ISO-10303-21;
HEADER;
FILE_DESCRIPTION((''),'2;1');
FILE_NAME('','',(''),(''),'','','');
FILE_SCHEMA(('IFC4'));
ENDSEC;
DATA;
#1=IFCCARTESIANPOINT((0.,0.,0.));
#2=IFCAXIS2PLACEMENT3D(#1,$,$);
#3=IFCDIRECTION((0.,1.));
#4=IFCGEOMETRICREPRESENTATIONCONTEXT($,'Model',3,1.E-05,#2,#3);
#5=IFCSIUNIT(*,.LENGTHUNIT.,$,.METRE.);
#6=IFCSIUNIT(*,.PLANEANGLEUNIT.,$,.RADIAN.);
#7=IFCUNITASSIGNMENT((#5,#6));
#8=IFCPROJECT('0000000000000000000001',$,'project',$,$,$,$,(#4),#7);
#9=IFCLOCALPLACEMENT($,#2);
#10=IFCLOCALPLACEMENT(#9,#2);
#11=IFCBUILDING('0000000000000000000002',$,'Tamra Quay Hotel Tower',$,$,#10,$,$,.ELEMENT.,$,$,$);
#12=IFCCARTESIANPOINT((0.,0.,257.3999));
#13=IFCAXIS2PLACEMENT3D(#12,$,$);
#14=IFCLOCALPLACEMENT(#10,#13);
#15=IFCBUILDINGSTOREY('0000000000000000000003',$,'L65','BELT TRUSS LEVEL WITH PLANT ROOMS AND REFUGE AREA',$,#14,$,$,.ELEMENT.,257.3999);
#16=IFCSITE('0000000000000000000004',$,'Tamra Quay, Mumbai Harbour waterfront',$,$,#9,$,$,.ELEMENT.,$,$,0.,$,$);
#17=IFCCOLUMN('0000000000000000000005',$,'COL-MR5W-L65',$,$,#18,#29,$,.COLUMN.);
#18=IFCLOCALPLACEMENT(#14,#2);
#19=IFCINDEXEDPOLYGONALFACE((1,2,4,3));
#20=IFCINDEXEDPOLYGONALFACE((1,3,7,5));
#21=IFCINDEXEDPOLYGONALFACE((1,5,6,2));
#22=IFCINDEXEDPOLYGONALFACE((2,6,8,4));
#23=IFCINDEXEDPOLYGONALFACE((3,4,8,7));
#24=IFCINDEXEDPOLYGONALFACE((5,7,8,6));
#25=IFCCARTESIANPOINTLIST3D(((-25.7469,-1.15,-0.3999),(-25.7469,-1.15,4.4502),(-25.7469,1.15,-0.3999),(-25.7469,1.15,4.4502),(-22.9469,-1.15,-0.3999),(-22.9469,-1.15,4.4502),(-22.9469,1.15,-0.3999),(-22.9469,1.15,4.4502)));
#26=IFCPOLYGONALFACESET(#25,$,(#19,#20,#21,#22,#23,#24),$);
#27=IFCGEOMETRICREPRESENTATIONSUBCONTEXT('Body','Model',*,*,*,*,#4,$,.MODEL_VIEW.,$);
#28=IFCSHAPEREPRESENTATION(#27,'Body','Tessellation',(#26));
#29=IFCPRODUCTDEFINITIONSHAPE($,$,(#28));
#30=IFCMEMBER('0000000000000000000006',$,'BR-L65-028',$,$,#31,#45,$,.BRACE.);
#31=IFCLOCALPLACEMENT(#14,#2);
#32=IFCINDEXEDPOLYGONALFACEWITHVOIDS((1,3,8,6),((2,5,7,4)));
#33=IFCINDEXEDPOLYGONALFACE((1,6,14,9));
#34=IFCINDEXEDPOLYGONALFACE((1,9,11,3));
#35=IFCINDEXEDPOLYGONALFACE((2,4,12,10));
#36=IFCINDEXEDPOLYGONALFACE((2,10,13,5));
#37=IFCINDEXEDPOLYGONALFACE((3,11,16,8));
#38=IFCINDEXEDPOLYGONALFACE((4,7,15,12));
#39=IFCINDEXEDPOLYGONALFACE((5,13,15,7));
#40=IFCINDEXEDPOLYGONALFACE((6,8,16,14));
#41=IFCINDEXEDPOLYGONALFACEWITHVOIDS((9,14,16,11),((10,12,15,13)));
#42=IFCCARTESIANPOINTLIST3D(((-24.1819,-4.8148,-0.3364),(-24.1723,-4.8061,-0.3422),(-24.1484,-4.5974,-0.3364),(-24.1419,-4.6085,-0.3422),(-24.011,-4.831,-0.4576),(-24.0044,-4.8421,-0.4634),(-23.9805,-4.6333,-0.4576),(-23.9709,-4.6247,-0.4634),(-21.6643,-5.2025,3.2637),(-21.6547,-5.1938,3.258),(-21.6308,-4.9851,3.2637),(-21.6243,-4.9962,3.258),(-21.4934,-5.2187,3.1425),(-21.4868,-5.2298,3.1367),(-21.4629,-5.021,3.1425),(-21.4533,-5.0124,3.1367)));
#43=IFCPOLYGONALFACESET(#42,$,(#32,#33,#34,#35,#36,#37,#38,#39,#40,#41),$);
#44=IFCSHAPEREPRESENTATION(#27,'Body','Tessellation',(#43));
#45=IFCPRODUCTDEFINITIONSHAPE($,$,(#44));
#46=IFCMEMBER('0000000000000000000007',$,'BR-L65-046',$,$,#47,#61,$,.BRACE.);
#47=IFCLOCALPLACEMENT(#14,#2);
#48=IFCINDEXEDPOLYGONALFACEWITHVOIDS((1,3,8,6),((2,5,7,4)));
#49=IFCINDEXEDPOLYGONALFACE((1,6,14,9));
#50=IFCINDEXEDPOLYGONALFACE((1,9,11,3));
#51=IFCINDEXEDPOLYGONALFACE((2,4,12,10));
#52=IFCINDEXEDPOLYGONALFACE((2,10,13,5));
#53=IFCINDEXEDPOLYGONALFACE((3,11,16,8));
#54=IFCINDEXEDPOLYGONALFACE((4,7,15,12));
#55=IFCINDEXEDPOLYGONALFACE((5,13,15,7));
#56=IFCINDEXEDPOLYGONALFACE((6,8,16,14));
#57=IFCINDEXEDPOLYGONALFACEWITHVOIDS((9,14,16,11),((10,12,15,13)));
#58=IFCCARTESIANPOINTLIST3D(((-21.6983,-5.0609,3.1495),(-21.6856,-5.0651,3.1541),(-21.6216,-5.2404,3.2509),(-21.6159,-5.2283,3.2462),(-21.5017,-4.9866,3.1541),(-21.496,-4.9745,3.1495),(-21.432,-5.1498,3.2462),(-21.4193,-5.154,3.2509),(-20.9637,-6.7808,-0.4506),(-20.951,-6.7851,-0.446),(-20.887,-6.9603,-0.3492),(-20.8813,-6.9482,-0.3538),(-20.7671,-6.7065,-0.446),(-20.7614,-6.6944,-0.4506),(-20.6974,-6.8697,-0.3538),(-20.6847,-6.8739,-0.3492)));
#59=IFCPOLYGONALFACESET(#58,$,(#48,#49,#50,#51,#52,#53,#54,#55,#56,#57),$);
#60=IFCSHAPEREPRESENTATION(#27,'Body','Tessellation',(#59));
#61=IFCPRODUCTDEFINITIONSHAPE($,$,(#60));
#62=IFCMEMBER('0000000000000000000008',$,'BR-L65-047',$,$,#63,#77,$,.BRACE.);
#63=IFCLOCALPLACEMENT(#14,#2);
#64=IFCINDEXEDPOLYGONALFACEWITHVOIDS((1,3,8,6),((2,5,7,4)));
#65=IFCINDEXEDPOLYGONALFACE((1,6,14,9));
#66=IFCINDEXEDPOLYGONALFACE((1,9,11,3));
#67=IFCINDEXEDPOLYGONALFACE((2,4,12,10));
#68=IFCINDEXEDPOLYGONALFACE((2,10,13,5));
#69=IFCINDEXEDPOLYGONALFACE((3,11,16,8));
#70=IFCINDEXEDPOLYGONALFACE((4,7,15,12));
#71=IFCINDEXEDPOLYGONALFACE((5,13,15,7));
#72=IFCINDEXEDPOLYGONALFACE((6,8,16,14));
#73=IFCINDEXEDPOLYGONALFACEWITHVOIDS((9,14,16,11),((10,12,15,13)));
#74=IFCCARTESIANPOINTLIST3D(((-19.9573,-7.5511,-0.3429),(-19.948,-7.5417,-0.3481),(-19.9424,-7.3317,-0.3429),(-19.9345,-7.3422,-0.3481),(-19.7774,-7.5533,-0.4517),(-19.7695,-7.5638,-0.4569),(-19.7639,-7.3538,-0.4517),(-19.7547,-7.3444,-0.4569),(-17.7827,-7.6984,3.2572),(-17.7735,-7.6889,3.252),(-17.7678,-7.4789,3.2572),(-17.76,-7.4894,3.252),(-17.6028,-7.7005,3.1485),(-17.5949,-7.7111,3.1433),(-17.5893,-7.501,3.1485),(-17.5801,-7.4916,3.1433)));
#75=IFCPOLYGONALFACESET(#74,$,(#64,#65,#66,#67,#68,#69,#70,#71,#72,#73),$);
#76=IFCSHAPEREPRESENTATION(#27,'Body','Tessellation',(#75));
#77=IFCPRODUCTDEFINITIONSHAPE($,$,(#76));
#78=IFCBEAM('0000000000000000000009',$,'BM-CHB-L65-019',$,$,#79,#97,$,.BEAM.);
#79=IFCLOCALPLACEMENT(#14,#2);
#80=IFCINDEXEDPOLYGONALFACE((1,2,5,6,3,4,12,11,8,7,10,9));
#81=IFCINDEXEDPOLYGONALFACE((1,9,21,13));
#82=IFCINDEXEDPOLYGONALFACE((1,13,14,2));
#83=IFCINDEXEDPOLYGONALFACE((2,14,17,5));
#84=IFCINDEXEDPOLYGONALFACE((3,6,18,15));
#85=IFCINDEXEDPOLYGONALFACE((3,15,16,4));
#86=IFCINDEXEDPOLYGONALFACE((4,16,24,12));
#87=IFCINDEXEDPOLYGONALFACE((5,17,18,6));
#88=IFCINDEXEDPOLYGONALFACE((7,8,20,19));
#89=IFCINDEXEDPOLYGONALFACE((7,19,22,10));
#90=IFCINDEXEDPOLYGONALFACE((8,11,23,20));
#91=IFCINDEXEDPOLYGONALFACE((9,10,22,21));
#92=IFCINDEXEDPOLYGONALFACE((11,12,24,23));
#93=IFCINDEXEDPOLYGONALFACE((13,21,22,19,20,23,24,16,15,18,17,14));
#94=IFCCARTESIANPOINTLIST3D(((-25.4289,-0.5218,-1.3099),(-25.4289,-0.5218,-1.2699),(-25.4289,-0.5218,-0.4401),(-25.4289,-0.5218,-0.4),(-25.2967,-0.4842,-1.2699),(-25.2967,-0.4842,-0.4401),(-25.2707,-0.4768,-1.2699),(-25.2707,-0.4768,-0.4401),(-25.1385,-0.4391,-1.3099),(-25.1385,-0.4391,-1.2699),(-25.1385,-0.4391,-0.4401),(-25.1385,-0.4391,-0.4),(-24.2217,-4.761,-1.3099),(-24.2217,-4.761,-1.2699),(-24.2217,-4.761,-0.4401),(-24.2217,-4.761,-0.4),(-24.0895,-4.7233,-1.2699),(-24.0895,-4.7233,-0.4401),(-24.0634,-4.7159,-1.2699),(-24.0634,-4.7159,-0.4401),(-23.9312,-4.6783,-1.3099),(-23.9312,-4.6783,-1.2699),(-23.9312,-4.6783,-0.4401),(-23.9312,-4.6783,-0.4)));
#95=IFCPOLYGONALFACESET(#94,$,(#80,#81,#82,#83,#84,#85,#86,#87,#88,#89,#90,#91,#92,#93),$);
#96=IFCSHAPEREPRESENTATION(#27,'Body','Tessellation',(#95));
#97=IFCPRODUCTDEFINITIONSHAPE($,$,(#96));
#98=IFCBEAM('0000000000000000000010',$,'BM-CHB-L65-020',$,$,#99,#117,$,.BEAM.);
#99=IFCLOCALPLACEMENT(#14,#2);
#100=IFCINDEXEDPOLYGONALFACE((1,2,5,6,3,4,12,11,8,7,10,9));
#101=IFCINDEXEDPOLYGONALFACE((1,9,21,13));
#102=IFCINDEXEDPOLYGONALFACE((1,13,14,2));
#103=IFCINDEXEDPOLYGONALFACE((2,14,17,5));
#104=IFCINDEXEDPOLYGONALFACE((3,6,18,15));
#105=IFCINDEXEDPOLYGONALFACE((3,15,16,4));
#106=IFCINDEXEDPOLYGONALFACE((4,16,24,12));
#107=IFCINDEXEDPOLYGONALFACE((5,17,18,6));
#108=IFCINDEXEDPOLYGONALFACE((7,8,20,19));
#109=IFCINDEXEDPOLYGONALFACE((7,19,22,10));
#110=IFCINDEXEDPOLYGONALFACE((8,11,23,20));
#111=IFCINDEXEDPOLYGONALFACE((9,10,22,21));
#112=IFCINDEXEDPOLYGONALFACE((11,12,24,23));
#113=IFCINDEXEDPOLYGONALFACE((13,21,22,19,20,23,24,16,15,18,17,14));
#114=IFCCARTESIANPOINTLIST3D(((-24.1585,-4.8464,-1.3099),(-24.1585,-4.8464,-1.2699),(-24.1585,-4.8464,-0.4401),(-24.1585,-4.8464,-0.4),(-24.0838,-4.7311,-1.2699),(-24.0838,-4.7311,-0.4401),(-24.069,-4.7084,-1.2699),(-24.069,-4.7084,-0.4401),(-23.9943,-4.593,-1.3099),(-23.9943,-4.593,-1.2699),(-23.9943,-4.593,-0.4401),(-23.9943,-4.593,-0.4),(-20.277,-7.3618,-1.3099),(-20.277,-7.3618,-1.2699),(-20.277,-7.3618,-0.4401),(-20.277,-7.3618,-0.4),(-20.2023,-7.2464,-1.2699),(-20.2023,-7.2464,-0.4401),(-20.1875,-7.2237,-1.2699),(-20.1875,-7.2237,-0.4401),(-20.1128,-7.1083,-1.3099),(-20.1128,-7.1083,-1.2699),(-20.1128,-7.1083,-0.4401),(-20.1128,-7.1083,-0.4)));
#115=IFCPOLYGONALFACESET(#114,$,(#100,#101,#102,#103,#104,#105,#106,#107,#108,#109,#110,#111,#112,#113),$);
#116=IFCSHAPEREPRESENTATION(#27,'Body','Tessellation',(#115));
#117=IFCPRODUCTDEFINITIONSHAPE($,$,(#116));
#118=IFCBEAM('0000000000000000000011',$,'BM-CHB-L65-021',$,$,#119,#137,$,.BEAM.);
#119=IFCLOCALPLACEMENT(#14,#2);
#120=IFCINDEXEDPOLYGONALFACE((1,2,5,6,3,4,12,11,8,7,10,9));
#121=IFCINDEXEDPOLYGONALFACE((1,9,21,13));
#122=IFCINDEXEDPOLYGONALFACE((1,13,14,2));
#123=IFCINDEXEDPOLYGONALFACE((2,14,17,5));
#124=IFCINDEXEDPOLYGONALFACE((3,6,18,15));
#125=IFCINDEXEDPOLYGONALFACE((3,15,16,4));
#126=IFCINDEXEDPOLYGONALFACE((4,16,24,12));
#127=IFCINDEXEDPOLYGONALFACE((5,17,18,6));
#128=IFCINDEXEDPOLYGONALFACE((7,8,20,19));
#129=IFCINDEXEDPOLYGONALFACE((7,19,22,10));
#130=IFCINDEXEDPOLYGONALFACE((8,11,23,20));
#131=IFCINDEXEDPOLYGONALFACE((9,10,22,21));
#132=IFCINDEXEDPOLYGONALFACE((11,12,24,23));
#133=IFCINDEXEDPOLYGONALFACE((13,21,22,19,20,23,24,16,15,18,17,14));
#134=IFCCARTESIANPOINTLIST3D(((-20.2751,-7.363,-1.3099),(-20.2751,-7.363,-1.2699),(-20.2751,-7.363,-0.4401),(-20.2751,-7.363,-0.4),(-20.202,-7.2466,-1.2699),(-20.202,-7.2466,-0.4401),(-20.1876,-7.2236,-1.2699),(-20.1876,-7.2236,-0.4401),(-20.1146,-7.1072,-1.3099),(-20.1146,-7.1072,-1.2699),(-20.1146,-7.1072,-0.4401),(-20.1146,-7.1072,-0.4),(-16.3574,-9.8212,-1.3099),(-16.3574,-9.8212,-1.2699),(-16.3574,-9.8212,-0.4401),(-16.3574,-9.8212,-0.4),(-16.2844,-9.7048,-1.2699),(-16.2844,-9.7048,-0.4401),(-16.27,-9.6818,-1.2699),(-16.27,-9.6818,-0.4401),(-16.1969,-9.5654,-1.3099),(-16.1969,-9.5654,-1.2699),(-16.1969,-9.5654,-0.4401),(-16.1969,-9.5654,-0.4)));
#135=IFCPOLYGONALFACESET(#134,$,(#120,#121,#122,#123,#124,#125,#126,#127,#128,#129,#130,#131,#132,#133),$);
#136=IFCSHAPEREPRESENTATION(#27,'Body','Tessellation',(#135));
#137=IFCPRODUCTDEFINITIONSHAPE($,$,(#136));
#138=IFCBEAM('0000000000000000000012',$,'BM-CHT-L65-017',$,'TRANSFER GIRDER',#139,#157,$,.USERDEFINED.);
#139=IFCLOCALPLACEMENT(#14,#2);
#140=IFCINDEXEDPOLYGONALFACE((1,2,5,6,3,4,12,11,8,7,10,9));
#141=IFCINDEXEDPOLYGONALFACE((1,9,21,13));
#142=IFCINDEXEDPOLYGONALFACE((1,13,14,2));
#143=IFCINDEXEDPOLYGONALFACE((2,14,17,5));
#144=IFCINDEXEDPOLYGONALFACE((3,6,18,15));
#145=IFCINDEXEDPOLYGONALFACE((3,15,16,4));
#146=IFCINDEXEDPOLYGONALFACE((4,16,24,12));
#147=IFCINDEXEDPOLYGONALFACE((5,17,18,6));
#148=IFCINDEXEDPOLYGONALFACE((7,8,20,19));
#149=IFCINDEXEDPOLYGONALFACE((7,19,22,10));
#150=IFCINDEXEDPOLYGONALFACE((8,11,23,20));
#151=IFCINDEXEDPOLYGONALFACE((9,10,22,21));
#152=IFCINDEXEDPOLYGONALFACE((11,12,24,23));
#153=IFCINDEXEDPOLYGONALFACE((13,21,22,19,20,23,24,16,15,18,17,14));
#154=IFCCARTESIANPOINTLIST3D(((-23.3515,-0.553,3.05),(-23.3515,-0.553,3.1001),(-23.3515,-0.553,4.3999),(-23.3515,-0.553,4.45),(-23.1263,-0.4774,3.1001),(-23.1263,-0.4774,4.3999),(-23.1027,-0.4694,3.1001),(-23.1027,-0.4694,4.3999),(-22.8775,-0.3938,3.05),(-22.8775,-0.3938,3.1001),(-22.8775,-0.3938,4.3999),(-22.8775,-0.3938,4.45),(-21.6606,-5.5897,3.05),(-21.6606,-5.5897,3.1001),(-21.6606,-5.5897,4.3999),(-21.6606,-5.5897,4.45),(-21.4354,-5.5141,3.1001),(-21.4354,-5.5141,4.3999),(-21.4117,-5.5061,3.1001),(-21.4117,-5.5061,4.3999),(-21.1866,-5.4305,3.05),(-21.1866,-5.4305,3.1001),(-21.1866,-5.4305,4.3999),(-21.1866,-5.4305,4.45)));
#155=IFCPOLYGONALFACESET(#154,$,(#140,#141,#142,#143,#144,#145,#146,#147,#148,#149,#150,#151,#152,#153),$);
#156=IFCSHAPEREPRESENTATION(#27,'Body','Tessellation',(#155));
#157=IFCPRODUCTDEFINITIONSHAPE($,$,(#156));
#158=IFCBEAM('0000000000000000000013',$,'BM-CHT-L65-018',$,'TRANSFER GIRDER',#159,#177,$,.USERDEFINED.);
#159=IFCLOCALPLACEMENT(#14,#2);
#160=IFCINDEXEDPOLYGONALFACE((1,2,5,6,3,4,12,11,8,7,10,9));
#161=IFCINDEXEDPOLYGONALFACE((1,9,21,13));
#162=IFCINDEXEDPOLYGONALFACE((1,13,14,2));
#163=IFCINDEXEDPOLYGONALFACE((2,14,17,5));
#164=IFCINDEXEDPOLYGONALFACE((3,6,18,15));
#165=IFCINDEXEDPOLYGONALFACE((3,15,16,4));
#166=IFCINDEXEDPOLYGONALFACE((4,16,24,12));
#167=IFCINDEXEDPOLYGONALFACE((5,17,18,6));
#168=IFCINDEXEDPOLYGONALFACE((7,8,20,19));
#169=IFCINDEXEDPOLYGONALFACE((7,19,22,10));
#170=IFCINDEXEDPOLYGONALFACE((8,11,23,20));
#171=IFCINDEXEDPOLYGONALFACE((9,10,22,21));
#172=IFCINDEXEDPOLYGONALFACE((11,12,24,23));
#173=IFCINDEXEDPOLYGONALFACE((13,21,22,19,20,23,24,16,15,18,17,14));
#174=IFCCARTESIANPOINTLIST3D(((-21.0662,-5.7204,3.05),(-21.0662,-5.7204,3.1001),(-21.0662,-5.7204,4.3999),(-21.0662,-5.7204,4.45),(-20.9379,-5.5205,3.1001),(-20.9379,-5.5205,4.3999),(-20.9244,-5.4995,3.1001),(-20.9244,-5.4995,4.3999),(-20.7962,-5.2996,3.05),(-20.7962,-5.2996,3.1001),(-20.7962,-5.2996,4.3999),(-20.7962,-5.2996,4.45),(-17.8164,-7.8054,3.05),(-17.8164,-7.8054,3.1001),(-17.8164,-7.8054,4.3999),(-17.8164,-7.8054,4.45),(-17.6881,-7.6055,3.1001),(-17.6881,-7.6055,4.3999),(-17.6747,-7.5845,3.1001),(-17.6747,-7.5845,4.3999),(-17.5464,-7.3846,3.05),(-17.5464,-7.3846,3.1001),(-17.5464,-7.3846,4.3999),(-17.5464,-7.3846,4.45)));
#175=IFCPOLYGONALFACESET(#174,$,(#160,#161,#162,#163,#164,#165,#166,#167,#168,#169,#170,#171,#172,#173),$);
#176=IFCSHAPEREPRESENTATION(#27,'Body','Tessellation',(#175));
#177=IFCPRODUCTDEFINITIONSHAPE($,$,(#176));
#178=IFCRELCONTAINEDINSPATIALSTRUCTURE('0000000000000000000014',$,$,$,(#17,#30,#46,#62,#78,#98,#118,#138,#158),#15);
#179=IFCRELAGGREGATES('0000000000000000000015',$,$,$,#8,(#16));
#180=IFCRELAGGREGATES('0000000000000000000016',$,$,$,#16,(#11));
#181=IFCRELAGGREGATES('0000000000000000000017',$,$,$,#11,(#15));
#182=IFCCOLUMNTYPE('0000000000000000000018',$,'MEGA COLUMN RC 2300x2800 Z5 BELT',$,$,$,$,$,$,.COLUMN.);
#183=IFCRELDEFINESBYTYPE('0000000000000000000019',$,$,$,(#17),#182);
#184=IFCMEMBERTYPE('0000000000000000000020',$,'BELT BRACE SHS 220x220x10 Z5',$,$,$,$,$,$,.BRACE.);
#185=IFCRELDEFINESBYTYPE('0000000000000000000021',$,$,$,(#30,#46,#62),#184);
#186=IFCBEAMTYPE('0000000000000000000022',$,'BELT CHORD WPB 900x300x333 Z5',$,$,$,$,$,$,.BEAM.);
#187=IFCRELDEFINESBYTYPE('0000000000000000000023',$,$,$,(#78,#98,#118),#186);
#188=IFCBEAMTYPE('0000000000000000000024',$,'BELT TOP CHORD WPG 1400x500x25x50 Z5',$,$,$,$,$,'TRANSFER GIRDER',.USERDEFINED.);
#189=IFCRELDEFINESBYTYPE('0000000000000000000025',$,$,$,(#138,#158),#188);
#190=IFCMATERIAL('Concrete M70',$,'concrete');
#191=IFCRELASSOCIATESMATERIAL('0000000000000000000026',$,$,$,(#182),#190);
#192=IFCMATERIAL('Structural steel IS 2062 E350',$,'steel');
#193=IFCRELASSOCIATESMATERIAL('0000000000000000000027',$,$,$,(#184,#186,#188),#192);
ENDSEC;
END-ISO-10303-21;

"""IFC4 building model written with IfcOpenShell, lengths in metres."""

from ifc_helpers import new_model, si_unit, direction, frame, origin, origin_2d, place, context, subcontext, project, spatial, rectangle, hollow_rectangle, i_section, extrude, material, material_profile, profile_set, type_object, element, save


model = new_model("IFC4")

# Units and contexts
model_context = context("Model", 3, precision=1e-05, world=origin(), true_north=direction((0.0, 1.0)))
body_context = subcontext(model_context, "Body", "Model", "MODEL_VIEW")
ifc_project = project(units=[si_unit("LENGTHUNIT", "METRE"), si_unit("PLANEANGLEUNIT", "RADIAN")], contexts=[model_context])

# Site, building, storey
site_placement = place(None, origin())
site = spatial("IfcSite", under=ifc_project, at=site_placement, Name="Tamra Quay, Mumbai Harbour waterfront", CompositionType="ELEMENT", RefElevation=0.0)
building_placement = place(site_placement, origin())
building = spatial("IfcBuilding", under=site, at=building_placement, Name="Tamra Quay Hotel Tower", CompositionType="ELEMENT")
storey_placement = place(building_placement, frame((0.0, 0.0, 257.3999)))
storey = spatial("IfcBuildingStorey", under=building, at=storey_placement, Name="L65", Description="BELT TRUSS LEVEL WITH PLANT ROOMS AND REFUGE AREA", CompositionType="ELEMENT", Elevation=257.3999)

# Column
ifc_material_1 = material(Name="Concrete M70", Category="concrete")
ifc_material_profile_1 = material_profile(ifc_material_1, rectangle(XDim=2.8, YDim=2.3, at=origin_2d()), Name="MEGA COLUMN RC 2300x2800 Z5 BELT")
ifc_profile_set_1 = profile_set([ifc_material_profile_1], Name="Concrete M70")
column_type = type_object("IfcColumnType", Name="MEGA COLUMN RC 2300x2800 Z5 BELT", PredefinedType="COLUMN", material=ifc_profile_set_1)
column_placement = place(storey_placement, frame((-24.3469, 0.0, -0.3999), z_axis=(0.0, 0.0, 1.0), x_axis=(1.0, 0.0, 0.0)))
element("IfcColumn", 1, at=column_placement, inside=storey, type_object=column_type, Name="COL-MR5W-L65", PredefinedType="COLUMN", context=body_context, shape_type="SweptSolid", body=[
    extrude(rectangle(XDim=2.8, YDim=2.3, at=origin_2d()), origin(), (0.0, 0.0, 1.0), 4.8501),
])

# Members
ifc_material_2 = material(Name="Structural steel IS 2062 E350", Category="steel")
ifc_material_profile_2 = material_profile(ifc_material_2, hollow_rectangle(XDim=0.22, YDim=0.22, WallThickness=0.01, at=origin_2d()), Name="SHS 220x220x10")
ifc_profile_set_2 = profile_set([ifc_material_profile_2], Name="Structural steel IS 2062 E350")
member_type = type_object("IfcMemberType", Name="BELT BRACE SHS 220x220x10 Z5", PredefinedType="BRACE", material=ifc_profile_set_2)
member_1_placement = place(storey_placement, frame((-24.0764, -4.7197, -0.3999), z_axis=(0.570863, -0.08791, 0.816325), x_axis=(0.152201, 0.98835, 0.0)))
element("IfcMember", 2, at=member_1_placement, inside=storey, type_object=member_type, Name="BR-L65-028", PredefinedType="BRACE", context=body_context, shape_type="SweptSolid", body=[
    extrude(hollow_rectangle(XDim=0.22, YDim=0.22, WallThickness=0.01, at=origin_2d()), origin(), (0.0, 0.0, 1.0), 4.4102),
])
member_2_placement = place(storey_placement, frame((-20.8242, -6.8274, -0.3999), z_axis=(-0.181078, 0.423959, 0.887395), x_axis=(-0.91963, -0.392785, 0.0)))
element("IfcMember", 3, at=member_2_placement, inside=storey, type_object=member_type, Name="BR-L65-046", PredefinedType="BRACE", context=body_context, shape_type="SweptSolid", body=[
    extrude(hollow_rectangle(XDim=0.22, YDim=0.22, WallThickness=0.01, at=origin_2d()), origin(), (0.0, 0.0, 1.0), 4.0569),
])
member_3_placement = place(storey_placement, frame((-19.856, -7.4478, -0.3999), z_axis=(0.516712, -0.034981, 0.855444), x_axis=(0.067545, 0.997716, 0.0)))
element("IfcMember", 4, at=member_3_placement, inside=storey, type_object=member_type, Name="BR-L65-047", PredefinedType="BRACE", context=body_context, shape_type="SweptSolid", body=[
    extrude(hollow_rectangle(XDim=0.22, YDim=0.22, WallThickness=0.01, at=origin_2d()), origin(), (0.0, 0.0, 1.0), 4.2085),
])

# Beams
ifc_material_profile_3 = material_profile(ifc_material_2, i_section(OverallWidth=0.302, OverallDepth=0.9099, WebThickness=0.0271, FlangeThickness=0.04, at=origin_2d()), Name="WPB 900x300x333")
ifc_profile_set_3 = profile_set([ifc_material_profile_3], Name="Structural steel IS 2062 E350")
beam_type_1 = type_object("IfcBeamType", Name="BELT CHORD WPB 900x300x333 Z5", PredefinedType="BEAM", material=ifc_profile_set_3)
beam_1_placement = place(storey_placement, frame((-25.2837, -0.4805, -0.855), z_axis=(0.273894, -0.96176, 0.0), x_axis=(0.96176, 0.273894, 0.0)))
element("IfcBeam", 5, at=beam_1_placement, inside=storey, type_object=beam_type_1, Name="BM-CHB-L65-019", PredefinedType="BEAM", context=body_context, shape_type="SweptSolid", body=[
    extrude(i_section(OverallWidth=0.302, OverallDepth=0.9099, WebThickness=0.0271, FlangeThickness=0.04, at=origin_2d()), origin(), (0.0, 0.0, 1.0), 4.4077),
])
beam_2_placement = place(storey_placement, frame((-24.0764, -4.7197, -0.855), z_axis=(0.839199, -0.543825, 0.0), x_axis=(0.543825, 0.839199, 0.0)))
element("IfcBeam", 6, at=beam_2_placement, inside=storey, type_object=beam_type_1, Name="BM-CHB-L65-020", PredefinedType="BEAM", context=body_context, shape_type="SweptSolid", body=[
    extrude(i_section(OverallWidth=0.302, OverallDepth=0.9099, WebThickness=0.0271, FlangeThickness=0.04, at=origin_2d()), origin(), (0.0, 0.0, 1.0), 4.6252),
])
beam_3_placement = place(storey_placement, frame((-20.1948, -7.2351, -0.855), z_axis=(0.847057, -0.531502, 0.0), x_axis=(0.531502, 0.847057, 0.0)))
element("IfcBeam", 7, at=beam_3_placement, inside=storey, type_object=beam_type_1, Name="BM-CHB-L65-021", PredefinedType="BEAM", context=body_context, shape_type="SweptSolid", body=[
    extrude(i_section(OverallWidth=0.302, OverallDepth=0.9099, WebThickness=0.0271, FlangeThickness=0.04, at=origin_2d()), origin(), (0.0, 0.0, 1.0), 4.625),
])
ifc_material_profile_4 = material_profile(ifc_material_2, i_section(OverallWidth=0.5, OverallDepth=1.3999, WebThickness=0.0249, FlangeThickness=0.05, at=origin_2d()), Name="WPG 1400x500x25x50")
ifc_profile_set_4 = profile_set([ifc_material_profile_4], Name="Structural steel IS 2062 E350")
beam_type_2 = type_object("IfcBeamType", Name="BELT TOP CHORD WPG 1400x500x25x50 Z5", ElementType="TRANSFER GIRDER", PredefinedType="USERDEFINED", material=ifc_profile_set_4)
beam_4_placement = place(storey_placement, frame((-23.1145, -0.4734, 3.75), z_axis=(0.318267, -0.948001, 0.0), x_axis=(0.948001, 0.318267, 0.0)))
element("IfcBeam", 8, at=beam_4_placement, inside=storey, type_object=beam_type_2, Name="BM-CHT-L65-017", ObjectType="TRANSFER GIRDER", PredefinedType="USERDEFINED", context=body_context, shape_type="SweptSolid", body=[
    extrude(i_section(OverallWidth=0.5, OverallDepth=1.3999, WebThickness=0.0249, FlangeThickness=0.05, at=origin_2d()), origin(), (0.0, 0.0, 1.0), 5.313),
])
beam_5_placement = place(storey_placement, frame((-20.9312, -5.51, 3.75), z_axis=(0.841669, -0.539994, 0.0), x_axis=(0.539994, 0.841669, 0.0)))
element("IfcBeam", 9, at=beam_5_placement, inside=storey, type_object=beam_type_2, Name="BM-CHT-L65-018", ObjectType="TRANSFER GIRDER", PredefinedType="USERDEFINED", context=body_context, shape_type="SweptSolid", body=[
    extrude(i_section(OverallWidth=0.5, OverallDepth=1.3999, WebThickness=0.0249, FlangeThickness=0.05, at=origin_2d()), origin(), (0.0, 0.0, 1.0), 3.8611),
])

save(model, "model.ifc")
